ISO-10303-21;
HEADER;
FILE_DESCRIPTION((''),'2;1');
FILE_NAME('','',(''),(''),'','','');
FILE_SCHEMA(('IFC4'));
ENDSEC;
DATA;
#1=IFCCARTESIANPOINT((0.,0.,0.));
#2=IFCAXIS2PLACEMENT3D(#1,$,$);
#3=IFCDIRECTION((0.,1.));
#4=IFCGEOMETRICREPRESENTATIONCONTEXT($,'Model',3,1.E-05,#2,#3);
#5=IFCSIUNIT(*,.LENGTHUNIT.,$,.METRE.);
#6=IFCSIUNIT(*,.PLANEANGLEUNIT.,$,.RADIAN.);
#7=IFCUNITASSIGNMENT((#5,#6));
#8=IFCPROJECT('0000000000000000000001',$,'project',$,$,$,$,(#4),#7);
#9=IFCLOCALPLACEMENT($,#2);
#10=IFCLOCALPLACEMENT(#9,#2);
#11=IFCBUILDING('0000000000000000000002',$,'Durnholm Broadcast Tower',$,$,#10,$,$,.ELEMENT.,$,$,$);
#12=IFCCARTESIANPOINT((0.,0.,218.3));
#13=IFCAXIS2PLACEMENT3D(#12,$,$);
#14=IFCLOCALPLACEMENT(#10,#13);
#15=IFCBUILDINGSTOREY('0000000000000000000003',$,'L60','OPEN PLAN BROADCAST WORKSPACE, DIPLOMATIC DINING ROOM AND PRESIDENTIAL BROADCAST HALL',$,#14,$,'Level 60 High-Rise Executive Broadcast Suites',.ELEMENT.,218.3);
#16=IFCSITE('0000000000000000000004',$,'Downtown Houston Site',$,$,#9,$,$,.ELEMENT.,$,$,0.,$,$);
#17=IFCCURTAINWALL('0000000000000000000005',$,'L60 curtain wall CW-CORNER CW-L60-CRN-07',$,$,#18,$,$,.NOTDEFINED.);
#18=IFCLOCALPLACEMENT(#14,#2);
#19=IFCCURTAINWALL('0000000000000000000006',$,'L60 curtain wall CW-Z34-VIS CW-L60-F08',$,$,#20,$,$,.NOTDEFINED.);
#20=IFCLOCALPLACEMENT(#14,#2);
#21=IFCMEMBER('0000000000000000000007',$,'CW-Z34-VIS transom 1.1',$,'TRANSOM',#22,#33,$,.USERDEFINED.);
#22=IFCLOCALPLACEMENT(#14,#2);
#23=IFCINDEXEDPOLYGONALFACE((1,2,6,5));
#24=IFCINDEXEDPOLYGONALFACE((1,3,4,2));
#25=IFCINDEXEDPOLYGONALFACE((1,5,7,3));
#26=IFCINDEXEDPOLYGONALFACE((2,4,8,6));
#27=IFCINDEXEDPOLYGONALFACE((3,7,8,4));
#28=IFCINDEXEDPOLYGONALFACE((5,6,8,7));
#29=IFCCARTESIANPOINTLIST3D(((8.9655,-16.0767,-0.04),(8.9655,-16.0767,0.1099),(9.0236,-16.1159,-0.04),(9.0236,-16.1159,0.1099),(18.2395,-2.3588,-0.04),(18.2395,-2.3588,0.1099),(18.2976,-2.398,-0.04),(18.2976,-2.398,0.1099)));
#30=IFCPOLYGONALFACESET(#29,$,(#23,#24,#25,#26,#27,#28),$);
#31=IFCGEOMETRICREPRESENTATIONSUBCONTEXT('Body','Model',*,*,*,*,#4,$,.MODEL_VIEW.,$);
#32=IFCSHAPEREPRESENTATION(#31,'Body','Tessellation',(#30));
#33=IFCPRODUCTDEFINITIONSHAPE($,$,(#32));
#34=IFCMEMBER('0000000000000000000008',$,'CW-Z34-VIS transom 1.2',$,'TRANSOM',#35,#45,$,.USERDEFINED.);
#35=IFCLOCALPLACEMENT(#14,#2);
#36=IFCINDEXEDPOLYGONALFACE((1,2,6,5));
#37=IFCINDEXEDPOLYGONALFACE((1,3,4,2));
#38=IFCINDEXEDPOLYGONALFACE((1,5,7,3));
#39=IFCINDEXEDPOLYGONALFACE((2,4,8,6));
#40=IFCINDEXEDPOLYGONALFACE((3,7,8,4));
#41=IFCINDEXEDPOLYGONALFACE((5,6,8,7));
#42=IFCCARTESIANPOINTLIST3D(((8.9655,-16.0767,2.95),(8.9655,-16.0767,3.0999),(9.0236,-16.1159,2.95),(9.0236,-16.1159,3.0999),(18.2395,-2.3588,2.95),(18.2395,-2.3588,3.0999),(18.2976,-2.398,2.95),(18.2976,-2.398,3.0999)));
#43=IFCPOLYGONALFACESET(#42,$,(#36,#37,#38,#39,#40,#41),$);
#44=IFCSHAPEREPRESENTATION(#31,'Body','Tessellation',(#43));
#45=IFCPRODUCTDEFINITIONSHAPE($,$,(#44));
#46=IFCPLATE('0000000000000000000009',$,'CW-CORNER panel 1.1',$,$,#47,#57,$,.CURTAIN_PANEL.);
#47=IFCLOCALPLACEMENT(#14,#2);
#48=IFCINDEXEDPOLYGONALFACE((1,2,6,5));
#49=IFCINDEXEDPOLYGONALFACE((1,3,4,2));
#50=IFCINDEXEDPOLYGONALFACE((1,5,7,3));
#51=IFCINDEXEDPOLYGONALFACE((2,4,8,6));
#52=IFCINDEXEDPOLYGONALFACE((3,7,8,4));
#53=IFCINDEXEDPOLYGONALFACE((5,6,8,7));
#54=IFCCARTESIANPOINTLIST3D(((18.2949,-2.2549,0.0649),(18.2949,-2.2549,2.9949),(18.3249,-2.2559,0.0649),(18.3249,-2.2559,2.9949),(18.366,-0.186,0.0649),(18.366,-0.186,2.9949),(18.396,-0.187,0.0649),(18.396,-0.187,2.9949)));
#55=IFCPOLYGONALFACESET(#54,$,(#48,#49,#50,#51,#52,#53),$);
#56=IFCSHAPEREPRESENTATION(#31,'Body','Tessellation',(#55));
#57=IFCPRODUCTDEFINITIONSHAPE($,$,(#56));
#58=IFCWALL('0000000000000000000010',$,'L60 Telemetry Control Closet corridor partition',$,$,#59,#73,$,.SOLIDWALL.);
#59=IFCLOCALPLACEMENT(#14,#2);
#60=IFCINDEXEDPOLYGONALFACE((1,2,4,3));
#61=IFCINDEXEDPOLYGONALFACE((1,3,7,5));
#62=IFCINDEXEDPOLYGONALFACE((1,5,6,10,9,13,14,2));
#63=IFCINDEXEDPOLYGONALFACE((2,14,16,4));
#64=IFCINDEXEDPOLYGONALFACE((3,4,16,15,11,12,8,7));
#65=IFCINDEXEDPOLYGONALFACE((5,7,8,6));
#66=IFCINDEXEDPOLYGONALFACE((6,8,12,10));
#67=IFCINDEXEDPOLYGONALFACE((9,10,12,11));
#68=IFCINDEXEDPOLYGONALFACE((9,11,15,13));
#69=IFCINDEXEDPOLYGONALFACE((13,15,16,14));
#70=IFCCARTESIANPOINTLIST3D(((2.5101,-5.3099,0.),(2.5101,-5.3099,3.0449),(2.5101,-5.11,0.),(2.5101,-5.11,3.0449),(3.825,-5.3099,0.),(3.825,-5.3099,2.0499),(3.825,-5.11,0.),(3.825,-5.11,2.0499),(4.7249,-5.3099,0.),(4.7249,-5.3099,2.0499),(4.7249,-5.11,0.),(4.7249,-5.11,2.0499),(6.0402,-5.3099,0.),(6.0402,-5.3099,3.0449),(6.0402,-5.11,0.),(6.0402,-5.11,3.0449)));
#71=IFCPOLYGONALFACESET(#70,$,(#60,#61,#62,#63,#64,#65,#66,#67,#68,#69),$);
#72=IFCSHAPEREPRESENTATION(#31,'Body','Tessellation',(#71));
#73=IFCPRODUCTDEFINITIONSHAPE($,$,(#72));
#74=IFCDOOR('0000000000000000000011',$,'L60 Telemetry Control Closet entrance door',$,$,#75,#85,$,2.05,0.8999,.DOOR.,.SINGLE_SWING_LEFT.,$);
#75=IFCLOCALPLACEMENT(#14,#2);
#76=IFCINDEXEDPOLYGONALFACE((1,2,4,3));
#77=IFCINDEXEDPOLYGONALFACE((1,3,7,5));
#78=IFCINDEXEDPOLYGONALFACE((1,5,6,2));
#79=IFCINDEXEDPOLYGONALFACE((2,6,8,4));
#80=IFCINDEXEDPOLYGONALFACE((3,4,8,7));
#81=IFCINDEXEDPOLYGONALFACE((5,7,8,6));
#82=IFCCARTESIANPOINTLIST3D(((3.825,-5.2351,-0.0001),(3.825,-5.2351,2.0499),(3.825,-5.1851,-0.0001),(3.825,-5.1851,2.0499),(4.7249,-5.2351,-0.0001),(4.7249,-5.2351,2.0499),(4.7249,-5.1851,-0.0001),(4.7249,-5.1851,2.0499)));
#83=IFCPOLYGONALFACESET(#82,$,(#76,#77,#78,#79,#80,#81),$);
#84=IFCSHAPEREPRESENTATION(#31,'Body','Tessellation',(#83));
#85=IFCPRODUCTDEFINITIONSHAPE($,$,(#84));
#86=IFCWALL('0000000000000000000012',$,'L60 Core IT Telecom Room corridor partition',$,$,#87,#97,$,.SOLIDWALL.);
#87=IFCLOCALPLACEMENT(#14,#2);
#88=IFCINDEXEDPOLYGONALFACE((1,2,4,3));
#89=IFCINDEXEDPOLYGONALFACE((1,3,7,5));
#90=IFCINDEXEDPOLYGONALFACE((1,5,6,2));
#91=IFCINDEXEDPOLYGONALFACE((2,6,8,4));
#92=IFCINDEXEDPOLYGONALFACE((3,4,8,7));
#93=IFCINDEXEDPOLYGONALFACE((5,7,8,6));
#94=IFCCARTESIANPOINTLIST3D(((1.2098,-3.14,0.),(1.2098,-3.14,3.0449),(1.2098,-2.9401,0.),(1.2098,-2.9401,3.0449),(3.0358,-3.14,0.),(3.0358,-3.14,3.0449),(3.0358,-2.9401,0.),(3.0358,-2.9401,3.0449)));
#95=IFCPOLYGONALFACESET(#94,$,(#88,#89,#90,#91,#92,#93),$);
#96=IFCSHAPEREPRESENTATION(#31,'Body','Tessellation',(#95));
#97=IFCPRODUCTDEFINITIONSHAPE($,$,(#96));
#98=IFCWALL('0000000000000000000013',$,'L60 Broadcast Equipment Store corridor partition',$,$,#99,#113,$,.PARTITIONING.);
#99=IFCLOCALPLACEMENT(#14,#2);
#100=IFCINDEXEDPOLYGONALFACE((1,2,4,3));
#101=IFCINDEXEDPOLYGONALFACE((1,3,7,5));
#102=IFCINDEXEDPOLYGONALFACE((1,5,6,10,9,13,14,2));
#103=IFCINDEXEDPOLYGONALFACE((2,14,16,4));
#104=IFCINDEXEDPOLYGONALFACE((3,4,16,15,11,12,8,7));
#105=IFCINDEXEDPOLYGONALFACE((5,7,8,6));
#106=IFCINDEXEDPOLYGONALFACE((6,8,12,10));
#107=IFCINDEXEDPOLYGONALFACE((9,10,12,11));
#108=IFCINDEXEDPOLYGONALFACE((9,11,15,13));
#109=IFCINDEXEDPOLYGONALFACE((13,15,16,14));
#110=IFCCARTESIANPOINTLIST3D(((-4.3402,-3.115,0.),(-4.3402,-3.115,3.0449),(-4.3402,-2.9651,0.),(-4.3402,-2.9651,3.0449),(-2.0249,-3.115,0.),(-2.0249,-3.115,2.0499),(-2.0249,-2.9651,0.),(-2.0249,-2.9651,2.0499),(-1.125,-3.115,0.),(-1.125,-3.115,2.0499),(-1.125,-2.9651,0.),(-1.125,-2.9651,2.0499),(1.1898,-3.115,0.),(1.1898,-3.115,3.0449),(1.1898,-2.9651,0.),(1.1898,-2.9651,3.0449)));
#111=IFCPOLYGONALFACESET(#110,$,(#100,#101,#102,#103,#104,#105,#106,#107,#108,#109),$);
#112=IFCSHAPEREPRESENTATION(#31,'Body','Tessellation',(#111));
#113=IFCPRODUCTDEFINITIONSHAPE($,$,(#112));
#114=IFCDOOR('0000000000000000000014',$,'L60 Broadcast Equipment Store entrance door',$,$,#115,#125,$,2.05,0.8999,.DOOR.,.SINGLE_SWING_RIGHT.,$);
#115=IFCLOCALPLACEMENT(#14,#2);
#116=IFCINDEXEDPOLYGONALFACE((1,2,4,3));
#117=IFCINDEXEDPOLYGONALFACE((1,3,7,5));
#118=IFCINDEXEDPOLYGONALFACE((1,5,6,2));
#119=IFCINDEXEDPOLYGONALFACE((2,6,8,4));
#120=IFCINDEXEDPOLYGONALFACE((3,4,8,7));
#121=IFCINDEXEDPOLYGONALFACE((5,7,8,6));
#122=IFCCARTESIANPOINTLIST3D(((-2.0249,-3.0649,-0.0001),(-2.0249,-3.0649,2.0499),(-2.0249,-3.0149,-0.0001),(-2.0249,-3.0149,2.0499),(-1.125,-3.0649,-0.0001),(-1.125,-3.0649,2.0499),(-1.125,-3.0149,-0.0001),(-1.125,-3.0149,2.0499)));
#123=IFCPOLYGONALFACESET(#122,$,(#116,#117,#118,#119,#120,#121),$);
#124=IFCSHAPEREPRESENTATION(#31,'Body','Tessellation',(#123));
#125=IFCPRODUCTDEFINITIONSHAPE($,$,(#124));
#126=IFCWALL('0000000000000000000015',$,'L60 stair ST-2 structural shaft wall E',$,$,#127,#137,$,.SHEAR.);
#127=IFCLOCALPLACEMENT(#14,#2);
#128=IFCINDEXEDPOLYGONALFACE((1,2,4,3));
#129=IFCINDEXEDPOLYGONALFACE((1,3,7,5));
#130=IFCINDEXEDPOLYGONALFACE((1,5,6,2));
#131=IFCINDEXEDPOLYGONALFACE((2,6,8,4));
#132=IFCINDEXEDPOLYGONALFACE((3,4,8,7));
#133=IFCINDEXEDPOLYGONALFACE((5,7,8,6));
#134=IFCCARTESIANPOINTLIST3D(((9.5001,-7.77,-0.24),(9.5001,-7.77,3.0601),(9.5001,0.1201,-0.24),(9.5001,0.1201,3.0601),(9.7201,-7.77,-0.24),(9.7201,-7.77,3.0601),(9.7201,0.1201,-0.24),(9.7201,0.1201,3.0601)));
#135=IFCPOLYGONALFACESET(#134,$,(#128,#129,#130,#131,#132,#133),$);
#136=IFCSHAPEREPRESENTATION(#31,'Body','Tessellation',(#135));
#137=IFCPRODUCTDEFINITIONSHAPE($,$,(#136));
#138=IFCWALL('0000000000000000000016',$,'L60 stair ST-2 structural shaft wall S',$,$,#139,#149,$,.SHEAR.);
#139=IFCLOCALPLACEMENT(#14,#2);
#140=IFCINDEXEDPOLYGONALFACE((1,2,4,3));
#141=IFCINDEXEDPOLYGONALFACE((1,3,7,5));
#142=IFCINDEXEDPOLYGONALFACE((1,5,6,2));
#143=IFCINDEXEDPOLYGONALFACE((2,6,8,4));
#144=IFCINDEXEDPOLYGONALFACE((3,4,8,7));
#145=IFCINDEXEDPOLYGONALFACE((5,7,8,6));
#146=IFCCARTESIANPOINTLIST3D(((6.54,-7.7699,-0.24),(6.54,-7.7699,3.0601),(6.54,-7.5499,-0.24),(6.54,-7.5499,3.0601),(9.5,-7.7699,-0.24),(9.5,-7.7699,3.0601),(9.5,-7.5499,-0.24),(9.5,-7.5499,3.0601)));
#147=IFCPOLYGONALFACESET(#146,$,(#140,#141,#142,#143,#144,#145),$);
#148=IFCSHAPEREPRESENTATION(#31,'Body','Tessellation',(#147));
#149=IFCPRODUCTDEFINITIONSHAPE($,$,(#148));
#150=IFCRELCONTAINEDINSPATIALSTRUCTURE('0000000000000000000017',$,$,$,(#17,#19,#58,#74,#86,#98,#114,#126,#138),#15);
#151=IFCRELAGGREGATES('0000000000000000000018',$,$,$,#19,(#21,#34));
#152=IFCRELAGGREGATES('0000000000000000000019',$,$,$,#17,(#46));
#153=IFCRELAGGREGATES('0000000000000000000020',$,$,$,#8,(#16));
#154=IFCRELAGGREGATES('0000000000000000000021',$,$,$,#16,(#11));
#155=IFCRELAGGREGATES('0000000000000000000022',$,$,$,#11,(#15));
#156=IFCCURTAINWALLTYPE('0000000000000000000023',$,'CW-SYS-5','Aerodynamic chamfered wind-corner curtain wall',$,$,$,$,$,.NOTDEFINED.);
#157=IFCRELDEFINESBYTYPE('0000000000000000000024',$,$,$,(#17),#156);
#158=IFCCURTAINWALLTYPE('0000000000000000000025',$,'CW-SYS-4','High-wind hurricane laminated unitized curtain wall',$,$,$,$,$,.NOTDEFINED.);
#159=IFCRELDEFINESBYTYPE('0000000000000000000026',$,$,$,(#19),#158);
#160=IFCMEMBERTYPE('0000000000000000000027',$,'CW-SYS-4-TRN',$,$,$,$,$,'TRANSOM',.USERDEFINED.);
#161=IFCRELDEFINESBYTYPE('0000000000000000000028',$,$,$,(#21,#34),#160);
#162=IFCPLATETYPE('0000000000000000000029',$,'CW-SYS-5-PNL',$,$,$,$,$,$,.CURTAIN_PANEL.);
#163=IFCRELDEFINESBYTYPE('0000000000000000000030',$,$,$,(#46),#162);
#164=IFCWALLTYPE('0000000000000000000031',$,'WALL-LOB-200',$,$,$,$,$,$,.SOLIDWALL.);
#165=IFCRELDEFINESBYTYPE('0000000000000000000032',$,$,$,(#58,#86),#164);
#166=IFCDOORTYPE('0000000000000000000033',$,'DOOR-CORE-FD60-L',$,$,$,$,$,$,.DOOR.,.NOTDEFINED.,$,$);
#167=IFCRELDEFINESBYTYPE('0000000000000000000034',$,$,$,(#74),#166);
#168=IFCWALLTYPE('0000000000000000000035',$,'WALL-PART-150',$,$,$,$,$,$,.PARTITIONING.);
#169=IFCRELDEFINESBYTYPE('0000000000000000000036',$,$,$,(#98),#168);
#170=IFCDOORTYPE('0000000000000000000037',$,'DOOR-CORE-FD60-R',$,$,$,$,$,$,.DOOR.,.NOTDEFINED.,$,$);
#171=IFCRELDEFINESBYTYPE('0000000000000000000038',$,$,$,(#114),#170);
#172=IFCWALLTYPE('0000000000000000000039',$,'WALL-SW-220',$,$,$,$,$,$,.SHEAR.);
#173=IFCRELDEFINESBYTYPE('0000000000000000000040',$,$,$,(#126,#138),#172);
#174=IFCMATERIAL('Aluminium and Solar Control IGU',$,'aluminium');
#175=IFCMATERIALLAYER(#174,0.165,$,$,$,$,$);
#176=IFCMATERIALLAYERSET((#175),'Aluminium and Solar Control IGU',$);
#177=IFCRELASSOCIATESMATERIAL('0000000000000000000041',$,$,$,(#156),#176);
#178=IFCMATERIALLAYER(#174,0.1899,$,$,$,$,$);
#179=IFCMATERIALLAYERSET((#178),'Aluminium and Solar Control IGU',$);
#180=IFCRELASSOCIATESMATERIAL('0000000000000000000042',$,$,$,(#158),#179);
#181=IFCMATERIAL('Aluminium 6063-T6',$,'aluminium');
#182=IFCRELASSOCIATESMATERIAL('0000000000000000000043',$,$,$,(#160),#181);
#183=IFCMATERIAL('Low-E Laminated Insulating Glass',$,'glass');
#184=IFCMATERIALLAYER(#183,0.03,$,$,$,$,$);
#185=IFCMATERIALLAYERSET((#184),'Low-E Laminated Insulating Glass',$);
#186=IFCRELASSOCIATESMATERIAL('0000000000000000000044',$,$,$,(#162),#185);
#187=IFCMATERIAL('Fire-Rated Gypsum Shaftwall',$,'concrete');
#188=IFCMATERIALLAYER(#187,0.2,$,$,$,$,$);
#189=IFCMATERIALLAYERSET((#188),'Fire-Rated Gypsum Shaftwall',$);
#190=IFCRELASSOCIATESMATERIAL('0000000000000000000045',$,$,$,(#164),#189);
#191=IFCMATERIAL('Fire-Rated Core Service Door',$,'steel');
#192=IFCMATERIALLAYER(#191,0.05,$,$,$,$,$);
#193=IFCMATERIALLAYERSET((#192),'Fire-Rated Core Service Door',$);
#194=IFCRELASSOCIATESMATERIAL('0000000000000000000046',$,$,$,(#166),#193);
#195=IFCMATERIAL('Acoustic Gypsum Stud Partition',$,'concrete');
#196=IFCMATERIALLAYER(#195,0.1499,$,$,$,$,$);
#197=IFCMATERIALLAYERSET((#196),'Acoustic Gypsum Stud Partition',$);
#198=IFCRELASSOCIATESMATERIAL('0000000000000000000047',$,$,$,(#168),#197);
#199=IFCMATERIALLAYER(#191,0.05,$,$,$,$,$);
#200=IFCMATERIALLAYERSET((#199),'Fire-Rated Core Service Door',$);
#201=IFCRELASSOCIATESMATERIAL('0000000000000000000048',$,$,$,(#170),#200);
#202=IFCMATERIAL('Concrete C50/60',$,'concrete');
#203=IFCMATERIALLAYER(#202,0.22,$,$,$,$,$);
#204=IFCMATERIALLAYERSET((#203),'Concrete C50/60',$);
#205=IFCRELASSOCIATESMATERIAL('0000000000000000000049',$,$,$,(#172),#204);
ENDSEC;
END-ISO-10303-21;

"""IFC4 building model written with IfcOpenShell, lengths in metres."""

from ifc_helpers import new_model, si_unit, direction, frame, frame_2d, origin, origin_2d, place, context, subcontext, project, spatial, rectangle, extrude, source, transform, mapped, material, layer, layer_set, material_profile, profile_set, type_object, type_shapes, element, fill, aggregate, save


model = new_model("IFC4")

# Units and contexts
model_context = context("Model", 3, precision=1e-05, world=origin(), true_north=direction((0.0, 1.0)))
body_context = subcontext(model_context, "Body", "Model", "MODEL_VIEW")
ifc_project = project(units=[si_unit("LENGTHUNIT", "METRE"), si_unit("PLANEANGLEUNIT", "RADIAN")], contexts=[model_context])

# Site, building, storey
site_placement = place(None, origin())
site = spatial("IfcSite", under=ifc_project, at=site_placement, Name="Downtown Houston Site", CompositionType="ELEMENT", RefElevation=0.0)
building_placement = place(site_placement, origin())
building = spatial("IfcBuilding", under=site, at=building_placement, Name="Durnholm Broadcast Tower", CompositionType="ELEMENT")
storey_placement = place(building_placement, frame((0.0, 0.0, 218.3)))
storey = spatial("IfcBuildingStorey", under=building, at=storey_placement, Name="L60", Description="OPEN PLAN BROADCAST WORKSPACE, DIPLOMATIC DINING ROOM AND PRESIDENTIAL BROADCAST HALL", LongName="Level 60 High-Rise Executive Broadcast Suites", CompositionType="ELEMENT", Elevation=218.3)

# Curtain wall
ifc_material_1 = material(Name="Aluminium and Solar Control IGU", Category="aluminium")
ifc_layer_1 = layer(ifc_material_1, 0.165)
ifc_layer_set_1 = layer_set([ifc_layer_1], Name="Aluminium and Solar Control IGU")
curtain_wall_type_1 = type_object("IfcCurtainWallType", Name="CW-SYS-5", Description="Aerodynamic chamfered wind-corner curtain wall", PredefinedType="NOTDEFINED", material=ifc_layer_set_1)
curtain_wall_1_placement = place(storey_placement, origin())
curtain_wall_1 = element("IfcCurtainWall", 1, at=curtain_wall_1_placement, inside=storey, type_object=curtain_wall_type_1, Name="L60 curtain wall CW-CORNER CW-L60-CRN-07", PredefinedType="NOTDEFINED")
ifc_material_2 = material(Name="Aluminium 6063-T6", Category="aluminium")

# Curtain wall, members
ifc_layer_2 = layer(ifc_material_1, 0.1899)
ifc_layer_set_2 = layer_set([ifc_layer_2], Name="Aluminium and Solar Control IGU")
curtain_wall_type_2 = type_object("IfcCurtainWallType", Name="CW-SYS-4", Description="High-wind hurricane laminated unitized curtain wall", PredefinedType="NOTDEFINED", material=ifc_layer_set_2)
curtain_wall_2_placement = place(storey_placement, origin())
curtain_wall_2 = element("IfcCurtainWall", 2, at=curtain_wall_2_placement, inside=storey, type_object=curtain_wall_type_2, Name="L60 curtain wall CW-Z34-VIS CW-L60-F08", PredefinedType="NOTDEFINED")
ifc_material_profile_1 = material_profile(ifc_material_2, rectangle(XDim=0.0701, YDim=0.1499, at=origin_2d()), Name="CWT70X150")
ifc_profile_set_1 = profile_set([ifc_material_profile_1], Name="Aluminium 6063-T6")
member_type_1 = type_object("IfcMemberType", Name="CW-SYS-4-TRN", ElementType="TRANSOM", PredefinedType="USERDEFINED", material=ifc_profile_set_1)
shared_shape_1 = source(origin(), body_context, "Body", "SweptSolid", [
    extrude(rectangle(XDim=0.0701, YDim=0.1499, at=origin_2d()), origin(), (0.0, 0.0, 1.0), 16.5586),
])
type_shapes(member_type_1, [shared_shape_1])
member_1_placement = place(storey_placement, frame((18.2686, -2.3784, 0.0349), z_axis=(-0.560071, -0.828444, 0.0), x_axis=(0.828444, -0.560071, 0.0)))
member_1 = element("IfcMember", 3, at=member_1_placement, type_object=member_type_1, Name="CW-Z34-VIS transom 1.1", ObjectType="TRANSOM", PredefinedType="USERDEFINED", context=body_context, shape_type="MappedRepresentation", body=[
    mapped(shared_shape_1, transform((0.0, 0.0, 0.0), x_axis=(1.0, 0.0, 0.0), y_axis=(0.0, 1.0, 0.0), z_axis=(0.0, 0.0, 1.0), scale=1.0)),
])
member_2_placement = place(storey_placement, frame((18.2686, -2.3784, 3.0249), z_axis=(-0.560071, -0.828444, 0.0), x_axis=(0.828444, -0.560071, 0.0)))
member_2 = element("IfcMember", 4, at=member_2_placement, type_object=member_type_1, Name="CW-Z34-VIS transom 1.2", ObjectType="TRANSOM", PredefinedType="USERDEFINED", context=body_context, shape_type="MappedRepresentation", body=[
    mapped(shared_shape_1, transform((0.0, 0.0, 0.0), x_axis=(1.0, 0.0, 0.0), y_axis=(0.0, 1.0, 0.0), z_axis=(0.0, 0.0, 1.0), scale=1.0)),
])
aggregate(curtain_wall_2, [member_1, member_2])

# Plate
ifc_material_3 = material(Name="Low-E Laminated Insulating Glass", Category="glass")
ifc_layer_3 = layer(ifc_material_3, 0.03)
ifc_layer_set_3 = layer_set([ifc_layer_3], Name="Low-E Laminated Insulating Glass")
plate_type = type_object("IfcPlateType", Name="CW-SYS-5-PNL", PredefinedType="CURTAIN_PANEL", material=ifc_layer_set_3)
shared_shape_2 = source(origin(), body_context, "Body", "SweptSolid", [
    extrude(rectangle(XDim=2.0701, YDim=0.03, at=origin_2d()), origin(), (0.0, 0.0, 1.0), 2.9299),
])
type_shapes(plate_type, [shared_shape_2])
plate_placement = place(storey_placement, frame((18.3455, -1.2209, 0.0649), z_axis=(0.0, 0.0, 1.0), x_axis=(-0.034318, -0.999411, 0.0)))
plate = element("IfcPlate", 5, at=plate_placement, type_object=plate_type, Name="CW-CORNER panel 1.1", PredefinedType="CURTAIN_PANEL", context=body_context, shape_type="MappedRepresentation", body=[
    mapped(shared_shape_2, transform((0.0, 0.0, 0.0), x_axis=(1.0, 0.0, 0.0), y_axis=(0.0, 1.0, 0.0), z_axis=(0.0, 0.0, 1.0), scale=1.0)),
])
aggregate(curtain_wall_1, [plate])

# Wall, opening, door
ifc_material_4 = material(Name="Fire-Rated Gypsum Shaftwall", Category="concrete")
ifc_layer_4 = layer(ifc_material_4, 0.2)
ifc_layer_set_4 = layer_set([ifc_layer_4], Name="Fire-Rated Gypsum Shaftwall")
wall_type_1 = type_object("IfcWallType", Name="WALL-LOB-200", PredefinedType="SOLIDWALL", material=ifc_layer_set_4)
wall_1_placement = place(storey_placement, frame((2.51, -5.21, 0.0), z_axis=(0.0, 0.0, 1.0), x_axis=(1.0, 0.0, 0.0)))
wall_1 = element("IfcWall", 6, at=wall_1_placement, inside=storey, type_object=wall_type_1, Name="L60 Telemetry Control Closet corridor partition", PredefinedType="SOLIDWALL", context=body_context, shape_type="SweptSolid", body=[
    extrude(rectangle(XDim=3.53, YDim=0.2, at=frame_2d((1.7651, 0.0))), origin(), (0.0, 0.0, 1.0), 3.0449),
])
opening_1_placement = place(wall_1_placement, frame((1.3149, 0.0, 0.0)))
opening_1 = element("IfcOpeningElement", 7, at=opening_1_placement, cuts=wall_1, PredefinedType="OPENING", context=body_context, shape_type="SweptSolid", body=[
    extrude(rectangle(XDim=0.8999, YDim=2.05, at=frame_2d((0.45, 1.0249))), frame((0.0, 0.1099, 0.0), z_axis=(0.0, -1.0, 0.0), x_axis=(1.0, 0.0, 0.0)), (0.0, 0.0, 1.0), 0.22),
])
ifc_material_5 = material(Name="Fire-Rated Core Service Door", Category="steel")
ifc_layer_5 = layer(ifc_material_5, 0.05)
ifc_layer_set_5 = layer_set([ifc_layer_5], Name="Fire-Rated Core Service Door")
door_type_1 = type_object("IfcDoorType", Name="DOOR-CORE-FD60-L", OperationType="NOTDEFINED", PredefinedType="DOOR", material=ifc_layer_set_5)
shared_shape_3 = source(origin(), body_context, "Body", "SweptSolid", [
    extrude(rectangle(XDim=0.8999, YDim=2.05, at=frame_2d((0.45, 1.0249))), frame((0.0, 0.0249, 0.0), z_axis=(0.0, -1.0, 0.0), x_axis=(1.0, 0.0, 0.0)), (0.0, 0.0, 1.0), 0.05),
])
type_shapes(door_type_1, [shared_shape_3])
door_1_placement = place(opening_1_placement, origin())
door_1 = element("IfcDoor", 8, at=door_1_placement, inside=storey, type_object=door_type_1, Name="L60 Telemetry Control Closet entrance door", OperationType="SINGLE_SWING_LEFT", OverallHeight=2.05, OverallWidth=0.8999, PredefinedType="DOOR", context=body_context, shape_type="MappedRepresentation", body=[
    mapped(shared_shape_3, transform((0.0, 0.0, 0.0), x_axis=(1.0, 0.0, 0.0), y_axis=(0.0, 1.0, 0.0), z_axis=(0.0, 0.0, 1.0), scale=1.0)),
])
fill(opening_1, door_1)

# Wall
wall_2_placement = place(storey_placement, frame((3.0359, -3.04, 0.0), z_axis=(0.0, 0.0, 1.0), x_axis=(-1.0, 0.0, 0.0)))
element("IfcWall", 9, at=wall_2_placement, inside=storey, type_object=wall_type_1, Name="L60 Core IT Telecom Room corridor partition", PredefinedType="SOLIDWALL", context=body_context, shape_type="SweptSolid", body=[
    extrude(rectangle(XDim=1.8259, YDim=0.2, at=frame_2d((0.9131, 0.0))), origin(), (0.0, 0.0, 1.0), 3.0449),
])

# Wall, opening, door
ifc_material_6 = material(Name="Acoustic Gypsum Stud Partition", Category="concrete")
ifc_layer_6 = layer(ifc_material_6, 0.1499)
ifc_layer_set_6 = layer_set([ifc_layer_6], Name="Acoustic Gypsum Stud Partition")
wall_type_2 = type_object("IfcWallType", Name="WALL-PART-150", PredefinedType="PARTITIONING", material=ifc_layer_set_6)
wall_3_placement = place(storey_placement, frame((1.1899, -3.04, 0.0), z_axis=(0.0, 0.0, 1.0), x_axis=(-1.0, 0.0, 0.0)))
wall_3 = element("IfcWall", 10, at=wall_3_placement, inside=storey, type_object=wall_type_2, Name="L60 Broadcast Equipment Store corridor partition", PredefinedType="PARTITIONING", context=body_context, shape_type="SweptSolid", body=[
    extrude(rectangle(XDim=5.53, YDim=0.1499, at=frame_2d((2.7651, 0.0))), origin(), (0.0, 0.0, 1.0), 3.0449),
])
opening_2_placement = place(wall_3_placement, frame((2.3149, 0.0, 0.0)))
opening_2 = element("IfcOpeningElement", 11, at=opening_2_placement, cuts=wall_3, PredefinedType="OPENING", context=body_context, shape_type="SweptSolid", body=[
    extrude(rectangle(XDim=0.8999, YDim=2.05, at=frame_2d((0.45, 1.0249))), frame((0.0, 0.085, 0.0), z_axis=(0.0, -1.0, 0.0), x_axis=(1.0, 0.0, 0.0)), (0.0, 0.0, 1.0), 0.1699),
])
ifc_layer_7 = layer(ifc_material_5, 0.05)
ifc_layer_set_7 = layer_set([ifc_layer_7], Name="Fire-Rated Core Service Door")
door_type_2 = type_object("IfcDoorType", Name="DOOR-CORE-FD60-R", OperationType="NOTDEFINED", PredefinedType="DOOR", material=ifc_layer_set_7)
shared_shape_4 = source(origin(), body_context, "Body", "SweptSolid", [
    extrude(rectangle(XDim=0.8999, YDim=2.05, at=frame_2d((0.45, 1.0249))), frame((0.0, 0.0249, 0.0), z_axis=(0.0, -1.0, 0.0), x_axis=(1.0, 0.0, 0.0)), (0.0, 0.0, 1.0), 0.05),
])
type_shapes(door_type_2, [shared_shape_4])
door_2_placement = place(opening_2_placement, origin())
door_2 = element("IfcDoor", 12, at=door_2_placement, inside=storey, type_object=door_type_2, Name="L60 Broadcast Equipment Store entrance door", OperationType="SINGLE_SWING_RIGHT", OverallHeight=2.05, OverallWidth=0.8999, PredefinedType="DOOR", context=body_context, shape_type="MappedRepresentation", body=[
    mapped(shared_shape_4, transform((0.0, 0.0, 0.0), x_axis=(1.0, 0.0, 0.0), y_axis=(0.0, 1.0, 0.0), z_axis=(0.0, 0.0, 1.0), scale=1.0)),
])
fill(opening_2, door_2)

# Walls
ifc_material_7 = material(Name="Concrete C50/60", Category="concrete")
ifc_layer_8 = layer(ifc_material_7, 0.22)
ifc_layer_set_8 = layer_set([ifc_layer_8], Name="Concrete C50/60")
wall_type_3 = type_object("IfcWallType", Name="WALL-SW-220", PredefinedType="SHEAR", material=ifc_layer_set_8)
wall_4_placement = place(storey_placement, frame((9.6101, -7.77, -0.24), z_axis=(0.0, 0.0, 1.0), x_axis=(0.0, 1.0, 0.0)))
element("IfcWall", 13, at=wall_4_placement, inside=storey, type_object=wall_type_3, Name="L60 stair ST-2 structural shaft wall E", PredefinedType="SHEAR", context=body_context, shape_type="SweptSolid", body=[
    extrude(rectangle(XDim=7.8901, YDim=0.22, at=frame_2d((3.9451, 0.0))), origin(), (0.0, 0.0, 1.0), 3.3),
])
wall_5_placement = place(storey_placement, frame((6.54, -7.6599, -0.24), z_axis=(0.0, 0.0, 1.0), x_axis=(1.0, 0.0, 0.0)))
element("IfcWall", 14, at=wall_5_placement, inside=storey, type_object=wall_type_3, Name="L60 stair ST-2 structural shaft wall S", PredefinedType="SHEAR", context=body_context, shape_type="SweptSolid", body=[
    extrude(rectangle(XDim=2.96, YDim=0.22, at=frame_2d((1.48, 0.0))), origin(), (0.0, 0.0, 1.0), 3.3),
])

save(model, "model.ifc")
